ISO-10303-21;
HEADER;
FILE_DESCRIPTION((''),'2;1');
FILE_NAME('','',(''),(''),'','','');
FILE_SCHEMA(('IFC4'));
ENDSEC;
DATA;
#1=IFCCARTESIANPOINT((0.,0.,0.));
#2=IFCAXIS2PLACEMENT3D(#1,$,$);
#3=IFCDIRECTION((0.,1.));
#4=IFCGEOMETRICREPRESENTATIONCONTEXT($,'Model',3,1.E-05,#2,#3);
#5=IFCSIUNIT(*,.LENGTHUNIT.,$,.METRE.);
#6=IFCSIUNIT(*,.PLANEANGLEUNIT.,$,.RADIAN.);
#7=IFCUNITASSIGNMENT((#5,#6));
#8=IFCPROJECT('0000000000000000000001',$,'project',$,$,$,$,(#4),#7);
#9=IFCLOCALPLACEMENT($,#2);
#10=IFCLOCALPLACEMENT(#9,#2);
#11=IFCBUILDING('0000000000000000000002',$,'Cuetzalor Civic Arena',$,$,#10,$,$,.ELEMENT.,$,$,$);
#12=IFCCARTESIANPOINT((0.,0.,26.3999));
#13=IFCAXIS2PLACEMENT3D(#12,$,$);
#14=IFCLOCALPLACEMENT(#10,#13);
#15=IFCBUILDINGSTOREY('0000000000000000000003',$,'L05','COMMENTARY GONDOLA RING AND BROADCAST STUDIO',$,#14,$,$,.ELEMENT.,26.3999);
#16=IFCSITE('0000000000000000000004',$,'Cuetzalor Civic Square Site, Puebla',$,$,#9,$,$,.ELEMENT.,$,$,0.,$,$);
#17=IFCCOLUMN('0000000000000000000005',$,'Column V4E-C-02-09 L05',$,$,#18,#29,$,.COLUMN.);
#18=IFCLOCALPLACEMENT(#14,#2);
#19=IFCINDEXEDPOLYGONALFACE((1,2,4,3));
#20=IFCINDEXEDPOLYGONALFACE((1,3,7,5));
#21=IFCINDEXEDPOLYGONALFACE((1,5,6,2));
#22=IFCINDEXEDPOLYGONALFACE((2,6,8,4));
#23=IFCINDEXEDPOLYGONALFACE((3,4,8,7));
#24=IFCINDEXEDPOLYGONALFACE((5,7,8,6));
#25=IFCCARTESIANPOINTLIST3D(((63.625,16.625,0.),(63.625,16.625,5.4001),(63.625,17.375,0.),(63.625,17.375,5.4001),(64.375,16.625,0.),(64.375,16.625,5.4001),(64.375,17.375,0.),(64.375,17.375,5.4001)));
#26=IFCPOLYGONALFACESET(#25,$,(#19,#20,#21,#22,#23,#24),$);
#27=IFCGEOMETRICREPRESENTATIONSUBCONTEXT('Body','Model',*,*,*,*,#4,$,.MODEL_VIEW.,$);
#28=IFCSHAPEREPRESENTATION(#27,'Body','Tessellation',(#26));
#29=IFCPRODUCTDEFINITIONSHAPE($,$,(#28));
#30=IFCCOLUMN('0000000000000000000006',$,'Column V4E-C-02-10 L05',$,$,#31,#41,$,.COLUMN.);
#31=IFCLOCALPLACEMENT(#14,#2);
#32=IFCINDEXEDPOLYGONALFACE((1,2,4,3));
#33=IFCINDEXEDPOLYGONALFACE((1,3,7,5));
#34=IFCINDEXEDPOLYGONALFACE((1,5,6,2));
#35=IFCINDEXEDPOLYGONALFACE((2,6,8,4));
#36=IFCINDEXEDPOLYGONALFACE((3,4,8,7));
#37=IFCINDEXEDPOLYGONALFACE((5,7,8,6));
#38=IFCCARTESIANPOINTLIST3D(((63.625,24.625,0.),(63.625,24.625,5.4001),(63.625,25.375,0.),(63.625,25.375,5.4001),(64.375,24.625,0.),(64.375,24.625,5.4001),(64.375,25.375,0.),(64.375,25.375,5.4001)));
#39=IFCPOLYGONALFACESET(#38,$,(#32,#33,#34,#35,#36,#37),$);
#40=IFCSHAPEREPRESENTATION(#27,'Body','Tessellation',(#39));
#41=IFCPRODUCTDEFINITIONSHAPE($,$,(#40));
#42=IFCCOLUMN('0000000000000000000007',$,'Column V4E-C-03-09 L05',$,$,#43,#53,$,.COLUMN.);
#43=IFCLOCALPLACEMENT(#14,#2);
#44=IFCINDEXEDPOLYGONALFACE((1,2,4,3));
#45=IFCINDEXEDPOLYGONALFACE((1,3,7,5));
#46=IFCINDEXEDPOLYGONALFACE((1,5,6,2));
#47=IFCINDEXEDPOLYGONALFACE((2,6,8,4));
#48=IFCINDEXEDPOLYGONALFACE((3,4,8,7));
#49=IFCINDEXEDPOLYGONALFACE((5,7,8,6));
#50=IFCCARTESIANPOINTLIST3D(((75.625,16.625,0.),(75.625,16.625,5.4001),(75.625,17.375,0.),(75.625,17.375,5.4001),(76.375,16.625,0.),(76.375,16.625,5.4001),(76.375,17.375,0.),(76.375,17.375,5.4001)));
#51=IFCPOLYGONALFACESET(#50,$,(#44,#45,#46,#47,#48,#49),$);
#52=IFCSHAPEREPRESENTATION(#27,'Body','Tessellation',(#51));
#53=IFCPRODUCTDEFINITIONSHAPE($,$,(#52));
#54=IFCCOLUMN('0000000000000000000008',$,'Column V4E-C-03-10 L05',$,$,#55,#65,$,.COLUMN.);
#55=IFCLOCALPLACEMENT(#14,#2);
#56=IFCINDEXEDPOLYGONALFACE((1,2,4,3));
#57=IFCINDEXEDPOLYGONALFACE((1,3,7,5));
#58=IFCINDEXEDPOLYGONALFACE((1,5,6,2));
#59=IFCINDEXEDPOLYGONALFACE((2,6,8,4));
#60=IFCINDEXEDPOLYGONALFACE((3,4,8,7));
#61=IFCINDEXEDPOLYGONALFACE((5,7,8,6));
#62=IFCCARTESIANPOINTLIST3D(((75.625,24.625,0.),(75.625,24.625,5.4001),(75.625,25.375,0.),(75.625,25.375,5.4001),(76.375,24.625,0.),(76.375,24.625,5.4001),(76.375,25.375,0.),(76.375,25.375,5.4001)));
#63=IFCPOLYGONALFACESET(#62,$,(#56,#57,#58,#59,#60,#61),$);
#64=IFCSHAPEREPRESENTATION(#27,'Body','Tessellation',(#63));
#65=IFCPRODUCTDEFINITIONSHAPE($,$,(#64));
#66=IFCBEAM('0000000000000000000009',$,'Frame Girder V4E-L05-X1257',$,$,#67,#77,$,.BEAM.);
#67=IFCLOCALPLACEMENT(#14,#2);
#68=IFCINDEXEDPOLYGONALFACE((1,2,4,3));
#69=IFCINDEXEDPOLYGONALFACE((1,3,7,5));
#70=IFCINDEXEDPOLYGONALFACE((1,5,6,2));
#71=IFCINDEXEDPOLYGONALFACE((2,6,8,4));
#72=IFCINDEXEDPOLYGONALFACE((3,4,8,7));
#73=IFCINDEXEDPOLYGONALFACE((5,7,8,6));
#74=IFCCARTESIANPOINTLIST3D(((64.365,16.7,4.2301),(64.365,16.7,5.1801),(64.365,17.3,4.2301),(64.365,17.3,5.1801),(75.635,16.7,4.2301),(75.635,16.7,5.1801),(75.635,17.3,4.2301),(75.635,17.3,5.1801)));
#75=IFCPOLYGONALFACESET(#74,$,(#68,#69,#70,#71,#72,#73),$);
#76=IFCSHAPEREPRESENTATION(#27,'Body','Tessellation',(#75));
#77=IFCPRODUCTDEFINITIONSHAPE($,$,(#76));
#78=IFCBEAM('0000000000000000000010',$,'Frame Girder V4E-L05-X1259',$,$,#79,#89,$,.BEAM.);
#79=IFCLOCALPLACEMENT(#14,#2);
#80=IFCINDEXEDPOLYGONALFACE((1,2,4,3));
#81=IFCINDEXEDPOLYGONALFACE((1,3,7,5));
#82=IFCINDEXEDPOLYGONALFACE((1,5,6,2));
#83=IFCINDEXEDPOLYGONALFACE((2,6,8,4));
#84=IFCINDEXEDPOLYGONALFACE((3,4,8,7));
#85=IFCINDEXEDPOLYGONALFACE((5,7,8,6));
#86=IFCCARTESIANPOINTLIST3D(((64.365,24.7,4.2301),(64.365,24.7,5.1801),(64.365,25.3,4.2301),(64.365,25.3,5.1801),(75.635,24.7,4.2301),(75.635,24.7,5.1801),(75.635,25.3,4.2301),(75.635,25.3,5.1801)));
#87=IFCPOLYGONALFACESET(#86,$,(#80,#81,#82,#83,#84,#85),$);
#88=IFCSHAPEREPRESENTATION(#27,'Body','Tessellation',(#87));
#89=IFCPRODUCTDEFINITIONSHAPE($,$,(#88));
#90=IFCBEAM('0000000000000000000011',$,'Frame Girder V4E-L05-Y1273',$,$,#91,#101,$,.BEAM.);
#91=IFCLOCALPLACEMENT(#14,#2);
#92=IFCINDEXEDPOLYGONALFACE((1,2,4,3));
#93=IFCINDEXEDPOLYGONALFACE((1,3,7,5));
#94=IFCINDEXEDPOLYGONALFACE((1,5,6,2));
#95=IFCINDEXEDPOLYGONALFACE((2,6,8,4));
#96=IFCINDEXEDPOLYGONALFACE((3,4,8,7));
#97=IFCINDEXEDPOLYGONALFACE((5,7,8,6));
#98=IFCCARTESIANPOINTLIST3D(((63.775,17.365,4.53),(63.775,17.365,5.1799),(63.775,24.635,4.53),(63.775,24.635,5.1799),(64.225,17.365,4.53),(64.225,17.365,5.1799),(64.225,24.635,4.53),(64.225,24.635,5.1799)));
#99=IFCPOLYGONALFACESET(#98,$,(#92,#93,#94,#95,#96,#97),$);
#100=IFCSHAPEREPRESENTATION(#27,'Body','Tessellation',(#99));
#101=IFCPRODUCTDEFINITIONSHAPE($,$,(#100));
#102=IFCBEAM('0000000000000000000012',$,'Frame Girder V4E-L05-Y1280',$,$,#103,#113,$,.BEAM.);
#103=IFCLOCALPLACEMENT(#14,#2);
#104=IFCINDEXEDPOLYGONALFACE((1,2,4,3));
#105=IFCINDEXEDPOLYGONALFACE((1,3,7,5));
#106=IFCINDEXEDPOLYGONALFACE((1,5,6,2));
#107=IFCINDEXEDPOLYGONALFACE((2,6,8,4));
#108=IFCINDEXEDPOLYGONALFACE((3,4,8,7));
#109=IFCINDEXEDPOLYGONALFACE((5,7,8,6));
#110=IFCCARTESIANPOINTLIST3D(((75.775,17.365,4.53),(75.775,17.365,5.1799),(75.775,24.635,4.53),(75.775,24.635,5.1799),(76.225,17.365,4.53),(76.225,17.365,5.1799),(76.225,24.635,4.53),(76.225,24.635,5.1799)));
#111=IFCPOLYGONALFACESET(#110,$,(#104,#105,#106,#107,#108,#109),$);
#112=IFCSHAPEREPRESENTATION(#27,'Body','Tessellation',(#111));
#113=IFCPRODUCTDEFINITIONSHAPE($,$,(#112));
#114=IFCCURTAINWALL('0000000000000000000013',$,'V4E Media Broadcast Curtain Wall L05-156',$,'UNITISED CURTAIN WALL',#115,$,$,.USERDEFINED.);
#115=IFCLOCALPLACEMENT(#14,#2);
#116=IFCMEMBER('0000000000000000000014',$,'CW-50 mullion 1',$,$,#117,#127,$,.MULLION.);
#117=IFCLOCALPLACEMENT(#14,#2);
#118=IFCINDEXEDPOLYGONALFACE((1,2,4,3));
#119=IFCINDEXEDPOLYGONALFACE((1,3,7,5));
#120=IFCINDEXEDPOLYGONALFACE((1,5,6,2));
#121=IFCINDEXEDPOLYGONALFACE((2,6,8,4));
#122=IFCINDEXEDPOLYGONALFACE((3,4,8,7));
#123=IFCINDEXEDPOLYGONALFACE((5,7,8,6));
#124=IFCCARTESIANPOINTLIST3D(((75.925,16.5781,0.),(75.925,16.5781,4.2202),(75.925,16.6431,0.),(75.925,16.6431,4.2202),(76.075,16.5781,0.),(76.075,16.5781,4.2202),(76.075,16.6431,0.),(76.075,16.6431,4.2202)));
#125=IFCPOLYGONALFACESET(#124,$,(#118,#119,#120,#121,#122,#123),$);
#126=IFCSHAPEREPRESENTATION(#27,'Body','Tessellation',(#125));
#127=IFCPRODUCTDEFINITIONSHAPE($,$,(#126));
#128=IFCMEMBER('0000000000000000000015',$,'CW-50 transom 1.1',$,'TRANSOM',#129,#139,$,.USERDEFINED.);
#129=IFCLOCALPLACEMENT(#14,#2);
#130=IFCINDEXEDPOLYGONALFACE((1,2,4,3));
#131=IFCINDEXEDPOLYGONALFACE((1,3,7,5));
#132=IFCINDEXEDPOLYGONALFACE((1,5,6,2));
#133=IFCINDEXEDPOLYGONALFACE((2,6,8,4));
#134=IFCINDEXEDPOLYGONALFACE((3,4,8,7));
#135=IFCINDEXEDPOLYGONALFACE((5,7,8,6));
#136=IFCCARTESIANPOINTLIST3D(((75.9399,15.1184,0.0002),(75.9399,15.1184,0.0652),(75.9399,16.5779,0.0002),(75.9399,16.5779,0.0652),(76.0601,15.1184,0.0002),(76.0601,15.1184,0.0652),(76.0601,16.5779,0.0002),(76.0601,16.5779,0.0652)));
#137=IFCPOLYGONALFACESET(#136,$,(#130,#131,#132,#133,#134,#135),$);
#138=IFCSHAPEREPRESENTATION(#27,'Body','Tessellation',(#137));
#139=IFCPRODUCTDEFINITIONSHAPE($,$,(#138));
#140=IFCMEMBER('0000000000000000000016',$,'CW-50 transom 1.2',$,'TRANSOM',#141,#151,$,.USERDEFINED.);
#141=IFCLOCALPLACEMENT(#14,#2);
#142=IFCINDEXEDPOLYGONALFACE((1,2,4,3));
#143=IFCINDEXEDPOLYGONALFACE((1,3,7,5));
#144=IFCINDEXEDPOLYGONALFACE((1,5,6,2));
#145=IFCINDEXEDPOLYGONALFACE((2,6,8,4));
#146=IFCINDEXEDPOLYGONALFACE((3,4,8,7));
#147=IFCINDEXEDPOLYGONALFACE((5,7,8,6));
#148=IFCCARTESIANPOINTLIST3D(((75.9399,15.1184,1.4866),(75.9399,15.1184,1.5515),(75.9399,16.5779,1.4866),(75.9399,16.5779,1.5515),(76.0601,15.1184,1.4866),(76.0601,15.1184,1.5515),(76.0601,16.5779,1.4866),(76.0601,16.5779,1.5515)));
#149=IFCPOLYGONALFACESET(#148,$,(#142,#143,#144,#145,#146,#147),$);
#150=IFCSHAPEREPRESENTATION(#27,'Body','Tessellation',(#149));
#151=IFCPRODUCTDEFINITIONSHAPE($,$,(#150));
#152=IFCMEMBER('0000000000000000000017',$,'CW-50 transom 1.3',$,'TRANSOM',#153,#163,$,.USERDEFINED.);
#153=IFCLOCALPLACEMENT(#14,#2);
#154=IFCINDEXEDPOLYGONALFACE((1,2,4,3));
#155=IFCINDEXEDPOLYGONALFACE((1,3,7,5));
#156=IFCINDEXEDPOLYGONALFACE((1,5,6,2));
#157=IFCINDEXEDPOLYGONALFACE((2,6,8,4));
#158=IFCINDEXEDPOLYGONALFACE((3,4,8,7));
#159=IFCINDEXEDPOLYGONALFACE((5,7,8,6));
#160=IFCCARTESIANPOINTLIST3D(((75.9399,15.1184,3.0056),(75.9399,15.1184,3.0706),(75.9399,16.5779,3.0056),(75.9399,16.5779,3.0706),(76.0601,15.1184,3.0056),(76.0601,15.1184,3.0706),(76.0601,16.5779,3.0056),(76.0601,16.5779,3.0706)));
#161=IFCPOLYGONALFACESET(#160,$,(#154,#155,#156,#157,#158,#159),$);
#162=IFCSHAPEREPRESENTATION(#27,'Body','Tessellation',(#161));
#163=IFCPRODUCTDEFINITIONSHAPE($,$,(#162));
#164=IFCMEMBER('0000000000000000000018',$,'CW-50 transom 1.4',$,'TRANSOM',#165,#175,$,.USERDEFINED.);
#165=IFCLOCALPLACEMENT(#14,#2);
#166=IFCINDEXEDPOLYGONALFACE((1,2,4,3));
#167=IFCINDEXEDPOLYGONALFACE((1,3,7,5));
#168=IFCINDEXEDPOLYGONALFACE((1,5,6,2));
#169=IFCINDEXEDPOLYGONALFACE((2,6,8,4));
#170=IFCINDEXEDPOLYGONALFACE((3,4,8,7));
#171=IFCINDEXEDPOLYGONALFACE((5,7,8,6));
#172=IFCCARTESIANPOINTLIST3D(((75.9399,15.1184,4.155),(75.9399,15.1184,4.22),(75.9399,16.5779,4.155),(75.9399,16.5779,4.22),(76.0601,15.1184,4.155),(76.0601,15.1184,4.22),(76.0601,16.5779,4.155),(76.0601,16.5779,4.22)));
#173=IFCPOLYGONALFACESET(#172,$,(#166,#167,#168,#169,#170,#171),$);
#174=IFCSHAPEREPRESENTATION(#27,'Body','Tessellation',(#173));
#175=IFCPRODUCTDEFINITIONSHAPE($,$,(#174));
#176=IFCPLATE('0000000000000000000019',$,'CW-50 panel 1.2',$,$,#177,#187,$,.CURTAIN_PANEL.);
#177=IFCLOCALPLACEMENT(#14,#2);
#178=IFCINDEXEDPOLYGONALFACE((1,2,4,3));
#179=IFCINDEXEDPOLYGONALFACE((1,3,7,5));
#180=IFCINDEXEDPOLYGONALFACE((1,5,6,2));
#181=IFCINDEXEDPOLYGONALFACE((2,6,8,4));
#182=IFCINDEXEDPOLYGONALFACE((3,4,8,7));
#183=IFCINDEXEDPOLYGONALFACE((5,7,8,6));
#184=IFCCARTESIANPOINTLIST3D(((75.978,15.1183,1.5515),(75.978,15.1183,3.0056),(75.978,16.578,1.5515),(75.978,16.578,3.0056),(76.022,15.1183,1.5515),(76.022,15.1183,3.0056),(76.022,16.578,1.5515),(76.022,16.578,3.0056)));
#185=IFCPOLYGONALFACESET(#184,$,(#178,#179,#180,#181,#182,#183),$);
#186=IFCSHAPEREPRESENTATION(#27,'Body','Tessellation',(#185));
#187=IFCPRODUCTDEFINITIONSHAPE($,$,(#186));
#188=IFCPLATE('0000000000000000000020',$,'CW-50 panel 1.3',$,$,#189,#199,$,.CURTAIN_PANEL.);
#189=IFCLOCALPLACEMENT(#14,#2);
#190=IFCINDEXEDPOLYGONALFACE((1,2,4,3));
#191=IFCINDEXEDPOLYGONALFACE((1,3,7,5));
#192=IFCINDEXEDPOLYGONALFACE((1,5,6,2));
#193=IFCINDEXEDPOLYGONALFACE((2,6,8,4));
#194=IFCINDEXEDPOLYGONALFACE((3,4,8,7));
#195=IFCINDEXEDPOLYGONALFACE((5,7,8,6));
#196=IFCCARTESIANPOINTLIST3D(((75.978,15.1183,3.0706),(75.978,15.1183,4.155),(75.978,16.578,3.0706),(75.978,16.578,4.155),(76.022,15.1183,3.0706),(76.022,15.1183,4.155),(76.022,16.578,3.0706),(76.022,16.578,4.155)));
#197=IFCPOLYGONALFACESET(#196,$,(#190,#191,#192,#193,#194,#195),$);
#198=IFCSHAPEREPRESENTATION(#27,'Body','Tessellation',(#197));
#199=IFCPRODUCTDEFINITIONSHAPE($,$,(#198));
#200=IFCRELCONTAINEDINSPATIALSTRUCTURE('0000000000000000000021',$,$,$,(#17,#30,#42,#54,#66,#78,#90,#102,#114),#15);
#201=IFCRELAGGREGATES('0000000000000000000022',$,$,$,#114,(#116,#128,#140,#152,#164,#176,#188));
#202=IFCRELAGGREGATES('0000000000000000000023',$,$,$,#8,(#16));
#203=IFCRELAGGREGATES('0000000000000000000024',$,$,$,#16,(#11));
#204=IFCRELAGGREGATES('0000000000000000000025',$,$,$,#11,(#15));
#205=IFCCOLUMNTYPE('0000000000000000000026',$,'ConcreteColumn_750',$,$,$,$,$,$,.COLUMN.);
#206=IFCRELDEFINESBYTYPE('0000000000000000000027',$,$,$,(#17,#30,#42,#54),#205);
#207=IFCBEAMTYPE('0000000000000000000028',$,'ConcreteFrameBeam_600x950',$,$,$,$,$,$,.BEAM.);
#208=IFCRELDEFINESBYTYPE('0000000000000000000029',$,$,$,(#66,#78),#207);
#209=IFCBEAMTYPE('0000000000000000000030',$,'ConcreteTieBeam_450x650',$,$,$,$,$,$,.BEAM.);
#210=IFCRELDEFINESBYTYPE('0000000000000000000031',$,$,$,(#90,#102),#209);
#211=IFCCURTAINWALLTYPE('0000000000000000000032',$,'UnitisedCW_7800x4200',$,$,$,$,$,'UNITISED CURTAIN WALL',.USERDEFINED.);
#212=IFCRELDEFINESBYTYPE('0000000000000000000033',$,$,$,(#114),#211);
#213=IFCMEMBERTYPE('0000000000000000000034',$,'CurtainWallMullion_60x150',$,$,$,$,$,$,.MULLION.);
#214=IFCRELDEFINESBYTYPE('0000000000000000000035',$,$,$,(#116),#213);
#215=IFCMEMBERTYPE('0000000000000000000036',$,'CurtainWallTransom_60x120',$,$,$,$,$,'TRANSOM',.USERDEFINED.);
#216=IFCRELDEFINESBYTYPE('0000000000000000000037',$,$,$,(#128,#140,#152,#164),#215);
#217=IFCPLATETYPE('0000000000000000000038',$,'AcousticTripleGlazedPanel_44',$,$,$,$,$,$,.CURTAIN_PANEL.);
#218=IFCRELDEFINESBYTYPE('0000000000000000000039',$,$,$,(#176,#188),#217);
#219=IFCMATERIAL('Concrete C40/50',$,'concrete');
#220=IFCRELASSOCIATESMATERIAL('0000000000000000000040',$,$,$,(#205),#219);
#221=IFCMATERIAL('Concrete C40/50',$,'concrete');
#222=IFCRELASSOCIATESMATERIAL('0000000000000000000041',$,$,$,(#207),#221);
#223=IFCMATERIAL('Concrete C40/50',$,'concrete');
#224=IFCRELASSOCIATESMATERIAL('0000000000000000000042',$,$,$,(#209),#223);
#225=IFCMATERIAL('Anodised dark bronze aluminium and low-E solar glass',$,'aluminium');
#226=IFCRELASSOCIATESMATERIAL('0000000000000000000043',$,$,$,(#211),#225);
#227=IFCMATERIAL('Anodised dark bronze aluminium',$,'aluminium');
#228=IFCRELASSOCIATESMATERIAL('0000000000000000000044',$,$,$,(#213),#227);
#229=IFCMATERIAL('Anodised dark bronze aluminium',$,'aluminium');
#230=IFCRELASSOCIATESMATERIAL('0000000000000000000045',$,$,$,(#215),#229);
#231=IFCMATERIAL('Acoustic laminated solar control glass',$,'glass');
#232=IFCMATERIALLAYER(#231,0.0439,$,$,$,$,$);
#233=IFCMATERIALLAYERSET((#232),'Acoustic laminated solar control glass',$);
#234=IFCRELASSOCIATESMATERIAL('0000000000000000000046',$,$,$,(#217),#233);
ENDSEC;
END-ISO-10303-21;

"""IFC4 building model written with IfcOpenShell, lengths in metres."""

from ifc_helpers import new_model, si_unit, direction, frame, origin, origin_2d, place, context, subcontext, project, spatial, rectangle, extrude, material, layer, layer_set, material_profile, profile_set, type_object, element, aggregate, save


model = new_model("IFC4")

# Units and contexts
model_context = context("Model", 3, precision=1e-05, world=origin(), true_north=direction((0.0, 1.0)))
body_context = subcontext(model_context, "Body", "Model", "MODEL_VIEW")
ifc_project = project(units=[si_unit("LENGTHUNIT", "METRE"), si_unit("PLANEANGLEUNIT", "RADIAN")], contexts=[model_context])

# Site, building, storey
site_placement = place(None, origin())
site = spatial("IfcSite", under=ifc_project, at=site_placement, Name="Cuetzalor Civic Square Site, Puebla", CompositionType="ELEMENT", RefElevation=0.0)
building_placement = place(site_placement, origin())
building = spatial("IfcBuilding", under=site, at=building_placement, Name="Cuetzalor Civic Arena", CompositionType="ELEMENT")
storey_placement = place(building_placement, frame((0.0, 0.0, 26.3999)))
storey = spatial("IfcBuildingStorey", under=building, at=storey_placement, Name="L05", Description="COMMENTARY GONDOLA RING AND BROADCAST STUDIO", CompositionType="ELEMENT", Elevation=26.3999)

# Columns
ifc_material_1 = material(Name="Concrete C40/50", Category="concrete")
ifc_material_profile_1 = material_profile(ifc_material_1, rectangle(XDim=0.75, YDim=0.75, at=origin_2d()), Name="RC 750x750")
ifc_profile_set_1 = profile_set([ifc_material_profile_1], Name="Concrete C40/50")
column_type = type_object("IfcColumnType", Name="ConcreteColumn_750", PredefinedType="COLUMN", material=ifc_profile_set_1)
for number, where, z_axis, x_axis, name in (
    (1, (64.0, 17.0, 0.0), (0.0, 0.0, 1.0), (1.0, 0.0, 0.0), "Column V4E-C-02-09 L05"),
    (2, (64.0, 25.0, 0.0), (0.0, 0.0, 1.0), (1.0, 0.0, 0.0), "Column V4E-C-02-10 L05"),
    (3, (76.0, 17.0, 0.0), (0.0, 0.0, 1.0), (1.0, 0.0, 0.0), "Column V4E-C-03-09 L05"),
    (4, (76.0, 25.0, 0.0), (0.0, 0.0, 1.0), (1.0, 0.0, 0.0), "Column V4E-C-03-10 L05"),
):
    element("IfcColumn", number, at=place(storey_placement, frame(where, z_axis=z_axis, x_axis=x_axis)), inside=storey, type_object=column_type, Name=name, PredefinedType="COLUMN", context=body_context, shape_type="SweptSolid", body=[
        extrude(rectangle(XDim=0.75, YDim=0.75, at=origin_2d()), origin(), (0.0, 0.0, 1.0), 5.4001),
    ])

# Beams
ifc_material_2 = material(Name="Concrete C40/50", Category="concrete")
ifc_material_profile_2 = material_profile(ifc_material_2, rectangle(XDim=0.6001, YDim=0.95, at=origin_2d()), Name="RC 600x950")
ifc_profile_set_2 = profile_set([ifc_material_profile_2], Name="Concrete C40/50")
beam_type_1 = type_object("IfcBeamType", Name="ConcreteFrameBeam_600x950", PredefinedType="BEAM", material=ifc_profile_set_2)
for number, where, z_axis, x_axis, name in (
    (5, (64.365, 17.0, 4.7051), (1.0, 0.0, 0.0), (0.0, 1.0, 0.0), "Frame Girder V4E-L05-X1257"),
    (6, (64.365, 25.0, 4.7051), (1.0, 0.0, 0.0), (0.0, 1.0, 0.0), "Frame Girder V4E-L05-X1259"),
):
    element("IfcBeam", number, at=place(storey_placement, frame(where, z_axis=z_axis, x_axis=x_axis)), inside=storey, type_object=beam_type_1, Name=name, PredefinedType="BEAM", context=body_context, shape_type="SweptSolid", body=[
        extrude(rectangle(XDim=0.6001, YDim=0.95, at=origin_2d()), origin(), (0.0, 0.0, 1.0), 11.27),
    ])
ifc_material_3 = material(Name="Concrete C40/50", Category="concrete")
ifc_material_profile_3 = material_profile(ifc_material_3, rectangle(XDim=0.45, YDim=0.6499, at=origin_2d()), Name="RC 450x650")
ifc_profile_set_3 = profile_set([ifc_material_profile_3], Name="Concrete C40/50")
beam_type_2 = type_object("IfcBeamType", Name="ConcreteTieBeam_450x650", PredefinedType="BEAM", material=ifc_profile_set_3)
for number, where, z_axis, x_axis, name in (
    (7, (64.0, 17.365, 4.855), (0.0, 1.0, 0.0), (-1.0, 0.0, 0.0), "Frame Girder V4E-L05-Y1273"),
    (8, (76.0, 17.365, 4.855), (0.0, 1.0, 0.0), (-1.0, 0.0, 0.0), "Frame Girder V4E-L05-Y1280"),
):
    element("IfcBeam", number, at=place(storey_placement, frame(where, z_axis=z_axis, x_axis=x_axis)), inside=storey, type_object=beam_type_2, Name=name, PredefinedType="BEAM", context=body_context, shape_type="SweptSolid", body=[
        extrude(rectangle(XDim=0.45, YDim=0.6499, at=origin_2d()), origin(), (0.0, 0.0, 1.0), 7.27),
    ])

# Curtain wall, members, plates
ifc_material_4 = material(Name="Anodised dark bronze aluminium and low-E solar glass", Category="aluminium")
curtain_wall_type = type_object("IfcCurtainWallType", Name="UnitisedCW_7800x4200", ElementType="UNITISED CURTAIN WALL", PredefinedType="USERDEFINED", material=ifc_material_4)
curtain_wall_placement = place(storey_placement, origin())
curtain_wall = element("IfcCurtainWall", 9, at=curtain_wall_placement, inside=storey, type_object=curtain_wall_type, Name="V4E Media Broadcast Curtain Wall L05-156", ObjectType="UNITISED CURTAIN WALL", PredefinedType="USERDEFINED")
ifc_material_5 = material(Name="Anodised dark bronze aluminium", Category="aluminium")
ifc_material_profile_4 = material_profile(ifc_material_5, rectangle(XDim=0.0649, YDim=0.1499, at=origin_2d()), Name="ALU MULLION 65x150")
ifc_profile_set_4 = profile_set([ifc_material_profile_4], Name="Anodised dark bronze aluminium")
member_type_1 = type_object("IfcMemberType", Name="CurtainWallMullion_60x150", PredefinedType="MULLION", material=ifc_profile_set_4)
member_1_placement = place(storey_placement, frame((76.0, 16.6106, 0.0), z_axis=(0.0, 0.0, 1.0), x_axis=(0.0, -1.0, 0.0)))
member_1 = element("IfcMember", 10, at=member_1_placement, type_object=member_type_1, Name="CW-50 mullion 1", PredefinedType="MULLION", context=body_context, shape_type="SweptSolid", body=[
    extrude(rectangle(XDim=0.0649, YDim=0.1499, at=origin_2d()), origin(), (0.0, 0.0, 1.0), 4.2202),
])
ifc_material_6 = material(Name="Anodised dark bronze aluminium", Category="aluminium")
ifc_material_profile_5 = material_profile(ifc_material_6, rectangle(XDim=0.1201, YDim=0.0649, at=origin_2d()), Name="ALU TRANSOM 65x120")
ifc_profile_set_5 = profile_set([ifc_material_profile_5], Name="Anodised dark bronze aluminium")
member_type_2 = type_object("IfcMemberType", Name="CurtainWallTransom_60x120", ElementType="TRANSOM", PredefinedType="USERDEFINED", material=ifc_profile_set_5)
member_2_placement = place(storey_placement, frame((76.0, 16.5779, 0.0327), z_axis=(0.0, -1.0, 0.0), x_axis=(1.0, 0.0, 0.0)))
member_2 = element("IfcMember", 11, at=member_2_placement, type_object=member_type_2, Name="CW-50 transom 1.1", ObjectType="TRANSOM", PredefinedType="USERDEFINED", context=body_context, shape_type="SweptSolid", body=[
    extrude(rectangle(XDim=0.1201, YDim=0.0649, at=origin_2d()), origin(), (0.0, 0.0, 1.0), 1.4595),
])
member_3_placement = place(storey_placement, frame((76.0, 16.5779, 1.519), z_axis=(0.0, -1.0, 0.0), x_axis=(1.0, 0.0, 0.0)))
member_3 = element("IfcMember", 12, at=member_3_placement, type_object=member_type_2, Name="CW-50 transom 1.2", ObjectType="TRANSOM", PredefinedType="USERDEFINED", context=body_context, shape_type="SweptSolid", body=[
    extrude(rectangle(XDim=0.1201, YDim=0.0649, at=origin_2d()), origin(), (0.0, 0.0, 1.0), 1.4595),
])
member_4_placement = place(storey_placement, frame((76.0, 16.5779, 3.0381), z_axis=(0.0, -1.0, 0.0), x_axis=(1.0, 0.0, 0.0)))
member_4 = element("IfcMember", 13, at=member_4_placement, type_object=member_type_2, Name="CW-50 transom 1.3", ObjectType="TRANSOM", PredefinedType="USERDEFINED", context=body_context, shape_type="SweptSolid", body=[
    extrude(rectangle(XDim=0.1201, YDim=0.0649, at=origin_2d()), origin(), (0.0, 0.0, 1.0), 1.4595),
])
member_5_placement = place(storey_placement, frame((76.0, 16.5779, 4.1875), z_axis=(0.0, -1.0, 0.0), x_axis=(1.0, 0.0, 0.0)))
member_5 = element("IfcMember", 14, at=member_5_placement, type_object=member_type_2, Name="CW-50 transom 1.4", ObjectType="TRANSOM", PredefinedType="USERDEFINED", context=body_context, shape_type="SweptSolid", body=[
    extrude(rectangle(XDim=0.1201, YDim=0.0649, at=origin_2d()), origin(), (0.0, 0.0, 1.0), 1.4595),
])
ifc_material_7 = material(Name="Acoustic laminated solar control glass", Category="glass")
ifc_layer_1 = layer(ifc_material_7, 0.0439)
ifc_layer_set_1 = layer_set([ifc_layer_1], Name="Acoustic laminated solar control glass")
plate_type = type_object("IfcPlateType", Name="AcousticTripleGlazedPanel_44", PredefinedType="CURTAIN_PANEL", material=ifc_layer_set_1)
plate_1_placement = place(storey_placement, frame((76.0, 15.8481, 1.5515), z_axis=(0.0, 0.0, 1.0), x_axis=(0.0, -1.0, 0.0)))
plate_1 = element("IfcPlate", 15, at=plate_1_placement, type_object=plate_type, Name="CW-50 panel 1.2", PredefinedType="CURTAIN_PANEL", context=body_context, shape_type="SweptSolid", body=[
    extrude(rectangle(XDim=1.4597, YDim=0.0439, at=origin_2d()), origin(), (0.0, 0.0, 1.0), 1.4541),
])
plate_2_placement = place(storey_placement, frame((76.0, 15.8481, 3.0706), z_axis=(0.0, 0.0, 1.0), x_axis=(0.0, -1.0, 0.0)))
plate_2 = element("IfcPlate", 16, at=plate_2_placement, type_object=plate_type, Name="CW-50 panel 1.3", PredefinedType="CURTAIN_PANEL", context=body_context, shape_type="SweptSolid", body=[
    extrude(rectangle(XDim=1.4597, YDim=0.0439, at=origin_2d()), origin(), (0.0, 0.0, 1.0), 1.0845),
])
aggregate(curtain_wall, [member_1, member_2, member_3, member_4, member_5, plate_1, plate_2])

save(model, "model.ifc")
